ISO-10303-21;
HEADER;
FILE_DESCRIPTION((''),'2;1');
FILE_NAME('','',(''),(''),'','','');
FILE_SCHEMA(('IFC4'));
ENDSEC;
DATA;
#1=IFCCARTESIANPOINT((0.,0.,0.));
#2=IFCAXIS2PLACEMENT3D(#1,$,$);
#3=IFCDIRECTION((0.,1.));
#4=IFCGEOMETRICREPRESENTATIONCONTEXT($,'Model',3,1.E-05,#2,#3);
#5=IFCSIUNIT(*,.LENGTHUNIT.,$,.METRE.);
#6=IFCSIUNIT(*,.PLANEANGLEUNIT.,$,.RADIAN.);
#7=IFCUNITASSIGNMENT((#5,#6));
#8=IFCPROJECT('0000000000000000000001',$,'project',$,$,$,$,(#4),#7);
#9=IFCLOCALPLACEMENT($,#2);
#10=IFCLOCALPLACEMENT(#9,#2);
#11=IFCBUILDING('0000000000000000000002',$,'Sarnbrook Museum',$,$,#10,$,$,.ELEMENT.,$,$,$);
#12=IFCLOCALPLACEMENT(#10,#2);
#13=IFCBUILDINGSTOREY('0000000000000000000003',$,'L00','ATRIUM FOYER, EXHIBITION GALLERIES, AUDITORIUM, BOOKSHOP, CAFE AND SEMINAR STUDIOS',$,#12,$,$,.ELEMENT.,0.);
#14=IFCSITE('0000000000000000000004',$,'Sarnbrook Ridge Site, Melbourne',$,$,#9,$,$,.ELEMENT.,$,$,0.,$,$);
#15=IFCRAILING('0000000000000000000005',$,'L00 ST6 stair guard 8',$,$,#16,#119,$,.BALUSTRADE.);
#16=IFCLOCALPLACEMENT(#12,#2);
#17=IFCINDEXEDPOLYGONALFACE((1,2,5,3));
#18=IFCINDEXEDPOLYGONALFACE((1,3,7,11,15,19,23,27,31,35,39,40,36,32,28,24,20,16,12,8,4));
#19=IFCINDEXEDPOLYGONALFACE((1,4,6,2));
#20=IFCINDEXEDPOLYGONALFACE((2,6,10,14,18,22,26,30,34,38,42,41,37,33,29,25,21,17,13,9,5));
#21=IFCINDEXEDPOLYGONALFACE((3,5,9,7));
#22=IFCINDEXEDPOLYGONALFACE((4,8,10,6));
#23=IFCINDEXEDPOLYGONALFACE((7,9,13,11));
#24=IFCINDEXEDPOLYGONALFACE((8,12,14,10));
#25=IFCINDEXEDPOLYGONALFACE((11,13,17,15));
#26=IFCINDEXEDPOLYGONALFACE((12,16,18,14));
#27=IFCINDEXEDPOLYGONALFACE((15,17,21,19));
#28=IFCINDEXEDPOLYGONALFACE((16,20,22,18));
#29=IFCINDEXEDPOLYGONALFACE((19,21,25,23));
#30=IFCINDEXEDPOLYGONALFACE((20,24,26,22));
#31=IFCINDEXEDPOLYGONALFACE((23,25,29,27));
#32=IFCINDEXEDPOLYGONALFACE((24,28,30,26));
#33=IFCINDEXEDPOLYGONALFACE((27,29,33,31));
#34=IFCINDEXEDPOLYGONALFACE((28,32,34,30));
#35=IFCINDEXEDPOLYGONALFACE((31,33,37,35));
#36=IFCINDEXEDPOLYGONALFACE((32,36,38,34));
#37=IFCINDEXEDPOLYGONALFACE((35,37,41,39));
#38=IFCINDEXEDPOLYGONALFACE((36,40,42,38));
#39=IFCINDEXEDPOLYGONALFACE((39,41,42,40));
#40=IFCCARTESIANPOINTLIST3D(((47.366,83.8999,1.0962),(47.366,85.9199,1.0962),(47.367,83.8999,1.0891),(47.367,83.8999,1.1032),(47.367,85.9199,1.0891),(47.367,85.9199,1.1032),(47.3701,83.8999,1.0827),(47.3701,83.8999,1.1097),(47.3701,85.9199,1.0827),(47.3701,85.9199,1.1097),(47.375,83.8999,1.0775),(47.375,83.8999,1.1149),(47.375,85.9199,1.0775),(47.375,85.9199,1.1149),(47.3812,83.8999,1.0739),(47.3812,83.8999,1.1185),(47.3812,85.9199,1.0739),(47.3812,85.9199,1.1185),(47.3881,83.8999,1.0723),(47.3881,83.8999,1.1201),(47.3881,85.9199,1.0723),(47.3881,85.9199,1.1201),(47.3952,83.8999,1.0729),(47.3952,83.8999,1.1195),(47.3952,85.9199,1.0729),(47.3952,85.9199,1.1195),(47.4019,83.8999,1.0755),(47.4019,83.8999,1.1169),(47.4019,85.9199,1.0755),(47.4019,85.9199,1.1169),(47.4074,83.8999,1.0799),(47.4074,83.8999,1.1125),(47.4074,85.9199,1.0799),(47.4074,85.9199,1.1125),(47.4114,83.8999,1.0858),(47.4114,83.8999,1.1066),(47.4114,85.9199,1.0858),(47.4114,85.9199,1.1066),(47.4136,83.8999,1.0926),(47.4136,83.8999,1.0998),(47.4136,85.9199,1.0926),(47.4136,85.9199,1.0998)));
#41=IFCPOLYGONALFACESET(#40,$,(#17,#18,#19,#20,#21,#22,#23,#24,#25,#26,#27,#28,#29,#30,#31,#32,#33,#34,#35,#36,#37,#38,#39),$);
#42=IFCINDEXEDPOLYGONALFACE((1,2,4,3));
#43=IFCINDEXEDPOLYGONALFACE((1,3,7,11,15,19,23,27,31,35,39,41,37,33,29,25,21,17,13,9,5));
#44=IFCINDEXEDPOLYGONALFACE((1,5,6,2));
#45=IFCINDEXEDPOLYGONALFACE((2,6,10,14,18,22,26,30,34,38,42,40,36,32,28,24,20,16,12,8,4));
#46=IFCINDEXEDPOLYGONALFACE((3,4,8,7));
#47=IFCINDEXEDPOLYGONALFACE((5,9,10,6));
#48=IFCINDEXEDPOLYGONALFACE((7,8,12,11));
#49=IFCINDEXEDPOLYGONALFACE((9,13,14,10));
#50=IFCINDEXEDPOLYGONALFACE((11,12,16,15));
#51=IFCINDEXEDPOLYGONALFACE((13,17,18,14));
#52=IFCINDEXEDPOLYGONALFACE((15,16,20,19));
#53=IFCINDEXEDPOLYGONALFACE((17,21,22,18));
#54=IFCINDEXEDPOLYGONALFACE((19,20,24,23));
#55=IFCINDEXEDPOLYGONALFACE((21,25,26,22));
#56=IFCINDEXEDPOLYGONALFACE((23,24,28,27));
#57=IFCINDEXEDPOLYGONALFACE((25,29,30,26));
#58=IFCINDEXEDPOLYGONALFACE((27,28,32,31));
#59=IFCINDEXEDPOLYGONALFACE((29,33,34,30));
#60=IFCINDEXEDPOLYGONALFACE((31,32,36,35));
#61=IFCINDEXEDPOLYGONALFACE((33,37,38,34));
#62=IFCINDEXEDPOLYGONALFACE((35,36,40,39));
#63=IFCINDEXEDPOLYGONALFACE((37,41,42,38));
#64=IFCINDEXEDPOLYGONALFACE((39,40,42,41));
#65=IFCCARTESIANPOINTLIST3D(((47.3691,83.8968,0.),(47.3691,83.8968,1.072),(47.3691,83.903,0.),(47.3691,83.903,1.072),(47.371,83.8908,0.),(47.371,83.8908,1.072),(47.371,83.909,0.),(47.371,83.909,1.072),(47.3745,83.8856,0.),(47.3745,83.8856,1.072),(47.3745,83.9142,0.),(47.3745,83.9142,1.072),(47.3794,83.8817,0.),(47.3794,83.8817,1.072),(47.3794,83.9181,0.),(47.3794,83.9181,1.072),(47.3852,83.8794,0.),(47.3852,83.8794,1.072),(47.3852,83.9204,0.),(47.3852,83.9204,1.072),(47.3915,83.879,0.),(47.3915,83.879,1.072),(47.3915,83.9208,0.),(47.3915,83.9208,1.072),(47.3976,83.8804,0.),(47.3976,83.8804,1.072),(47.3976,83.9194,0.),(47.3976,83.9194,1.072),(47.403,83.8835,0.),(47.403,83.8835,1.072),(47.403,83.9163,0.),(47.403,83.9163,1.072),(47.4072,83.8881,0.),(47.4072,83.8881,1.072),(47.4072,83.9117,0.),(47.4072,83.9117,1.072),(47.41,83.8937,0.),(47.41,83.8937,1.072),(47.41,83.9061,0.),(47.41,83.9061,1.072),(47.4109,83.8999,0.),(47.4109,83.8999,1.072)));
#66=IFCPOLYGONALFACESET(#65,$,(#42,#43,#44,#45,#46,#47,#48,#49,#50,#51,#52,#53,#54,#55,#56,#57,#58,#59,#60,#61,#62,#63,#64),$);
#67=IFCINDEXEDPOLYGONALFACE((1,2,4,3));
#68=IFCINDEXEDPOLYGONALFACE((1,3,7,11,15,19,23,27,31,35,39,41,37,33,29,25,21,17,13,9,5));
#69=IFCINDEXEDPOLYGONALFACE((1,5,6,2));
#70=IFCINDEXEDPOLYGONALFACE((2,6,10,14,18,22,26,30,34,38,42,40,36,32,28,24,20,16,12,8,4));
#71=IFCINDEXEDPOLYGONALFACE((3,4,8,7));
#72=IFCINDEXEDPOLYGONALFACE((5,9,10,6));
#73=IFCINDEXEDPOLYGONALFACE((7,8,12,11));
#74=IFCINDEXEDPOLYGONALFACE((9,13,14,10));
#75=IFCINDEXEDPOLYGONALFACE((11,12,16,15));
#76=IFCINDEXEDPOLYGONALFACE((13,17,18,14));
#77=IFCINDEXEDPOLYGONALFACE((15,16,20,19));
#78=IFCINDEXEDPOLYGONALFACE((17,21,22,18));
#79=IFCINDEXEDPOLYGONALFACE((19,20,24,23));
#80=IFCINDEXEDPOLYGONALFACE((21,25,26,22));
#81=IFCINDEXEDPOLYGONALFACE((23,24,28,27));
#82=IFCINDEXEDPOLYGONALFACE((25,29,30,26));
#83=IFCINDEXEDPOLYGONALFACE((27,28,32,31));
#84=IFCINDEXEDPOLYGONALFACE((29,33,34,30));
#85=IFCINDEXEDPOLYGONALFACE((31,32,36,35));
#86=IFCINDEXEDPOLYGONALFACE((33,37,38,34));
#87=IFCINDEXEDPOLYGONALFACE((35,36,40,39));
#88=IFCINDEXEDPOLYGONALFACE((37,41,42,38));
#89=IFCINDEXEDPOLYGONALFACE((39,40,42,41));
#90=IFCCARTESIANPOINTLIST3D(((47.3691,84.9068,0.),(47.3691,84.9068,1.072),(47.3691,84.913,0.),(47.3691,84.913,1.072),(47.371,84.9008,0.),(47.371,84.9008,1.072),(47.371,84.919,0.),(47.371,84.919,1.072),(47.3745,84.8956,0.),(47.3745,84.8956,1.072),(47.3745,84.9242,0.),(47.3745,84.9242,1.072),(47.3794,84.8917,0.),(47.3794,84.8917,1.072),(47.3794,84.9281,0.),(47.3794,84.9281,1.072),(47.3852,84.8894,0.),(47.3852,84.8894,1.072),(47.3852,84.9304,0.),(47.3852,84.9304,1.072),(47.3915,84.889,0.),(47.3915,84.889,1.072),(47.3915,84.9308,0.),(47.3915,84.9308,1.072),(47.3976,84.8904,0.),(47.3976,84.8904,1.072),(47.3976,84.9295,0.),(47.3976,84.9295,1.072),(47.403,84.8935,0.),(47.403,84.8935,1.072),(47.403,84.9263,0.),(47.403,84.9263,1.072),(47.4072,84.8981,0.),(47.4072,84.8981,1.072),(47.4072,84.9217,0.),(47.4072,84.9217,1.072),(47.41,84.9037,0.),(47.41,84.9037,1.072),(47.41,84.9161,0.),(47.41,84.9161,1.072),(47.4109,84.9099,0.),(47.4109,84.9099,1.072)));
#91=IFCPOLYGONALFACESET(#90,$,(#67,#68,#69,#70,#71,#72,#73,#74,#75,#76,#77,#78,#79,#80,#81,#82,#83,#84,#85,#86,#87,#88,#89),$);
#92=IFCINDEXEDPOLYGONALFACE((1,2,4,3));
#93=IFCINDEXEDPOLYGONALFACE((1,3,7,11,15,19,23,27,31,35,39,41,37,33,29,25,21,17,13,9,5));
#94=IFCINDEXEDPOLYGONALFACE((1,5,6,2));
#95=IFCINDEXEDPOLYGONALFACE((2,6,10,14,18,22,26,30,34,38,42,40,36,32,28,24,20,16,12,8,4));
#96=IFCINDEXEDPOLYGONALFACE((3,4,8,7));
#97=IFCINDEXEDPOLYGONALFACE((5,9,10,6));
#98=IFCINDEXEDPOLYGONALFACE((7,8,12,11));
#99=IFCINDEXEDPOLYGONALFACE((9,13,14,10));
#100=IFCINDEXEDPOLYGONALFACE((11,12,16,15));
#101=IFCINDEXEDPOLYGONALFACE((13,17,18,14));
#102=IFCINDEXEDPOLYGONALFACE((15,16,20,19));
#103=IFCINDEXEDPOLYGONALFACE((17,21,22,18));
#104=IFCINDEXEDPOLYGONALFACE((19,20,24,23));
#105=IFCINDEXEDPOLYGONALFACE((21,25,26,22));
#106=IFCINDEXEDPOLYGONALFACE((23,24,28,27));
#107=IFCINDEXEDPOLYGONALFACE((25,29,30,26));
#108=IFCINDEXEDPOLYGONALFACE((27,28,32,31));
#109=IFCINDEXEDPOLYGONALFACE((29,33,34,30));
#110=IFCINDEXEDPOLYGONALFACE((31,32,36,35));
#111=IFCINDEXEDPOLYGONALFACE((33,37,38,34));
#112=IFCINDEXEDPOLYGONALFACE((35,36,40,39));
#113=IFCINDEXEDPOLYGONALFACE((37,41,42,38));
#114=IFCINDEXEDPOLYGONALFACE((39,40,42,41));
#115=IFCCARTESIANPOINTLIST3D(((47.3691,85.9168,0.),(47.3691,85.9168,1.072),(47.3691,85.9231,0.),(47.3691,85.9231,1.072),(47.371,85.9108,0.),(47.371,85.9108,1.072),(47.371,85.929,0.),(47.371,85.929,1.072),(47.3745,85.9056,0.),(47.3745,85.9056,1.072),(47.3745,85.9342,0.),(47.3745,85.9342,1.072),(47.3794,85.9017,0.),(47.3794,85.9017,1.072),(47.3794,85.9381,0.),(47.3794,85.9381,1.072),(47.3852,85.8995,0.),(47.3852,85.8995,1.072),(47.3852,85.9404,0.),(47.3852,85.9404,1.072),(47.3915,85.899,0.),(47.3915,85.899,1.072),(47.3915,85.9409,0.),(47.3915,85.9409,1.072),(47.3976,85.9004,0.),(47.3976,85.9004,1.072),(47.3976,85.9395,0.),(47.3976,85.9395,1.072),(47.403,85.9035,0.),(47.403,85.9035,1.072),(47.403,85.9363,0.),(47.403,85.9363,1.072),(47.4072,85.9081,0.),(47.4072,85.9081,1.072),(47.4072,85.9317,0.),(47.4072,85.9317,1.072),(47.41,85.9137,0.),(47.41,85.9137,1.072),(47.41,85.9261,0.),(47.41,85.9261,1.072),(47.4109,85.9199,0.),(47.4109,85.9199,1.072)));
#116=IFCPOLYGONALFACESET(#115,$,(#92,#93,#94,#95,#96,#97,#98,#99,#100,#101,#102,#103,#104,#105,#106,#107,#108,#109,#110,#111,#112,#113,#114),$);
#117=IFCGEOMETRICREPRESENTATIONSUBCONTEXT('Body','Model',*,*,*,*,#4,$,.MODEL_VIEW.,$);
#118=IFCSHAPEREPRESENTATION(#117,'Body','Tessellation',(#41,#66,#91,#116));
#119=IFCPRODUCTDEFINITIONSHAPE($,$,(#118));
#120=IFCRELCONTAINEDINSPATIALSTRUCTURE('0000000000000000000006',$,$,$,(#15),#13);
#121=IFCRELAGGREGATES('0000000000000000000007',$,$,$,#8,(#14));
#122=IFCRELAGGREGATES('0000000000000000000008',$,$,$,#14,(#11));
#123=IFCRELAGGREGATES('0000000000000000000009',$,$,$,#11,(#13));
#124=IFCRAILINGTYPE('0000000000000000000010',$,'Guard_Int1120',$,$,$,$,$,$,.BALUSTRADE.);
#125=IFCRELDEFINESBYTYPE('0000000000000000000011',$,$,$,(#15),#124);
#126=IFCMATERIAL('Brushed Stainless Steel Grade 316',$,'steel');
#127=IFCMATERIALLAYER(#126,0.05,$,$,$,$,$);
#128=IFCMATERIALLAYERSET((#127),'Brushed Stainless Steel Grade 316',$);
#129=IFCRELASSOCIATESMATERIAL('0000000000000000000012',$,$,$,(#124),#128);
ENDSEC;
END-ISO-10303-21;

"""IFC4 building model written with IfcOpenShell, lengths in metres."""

from ifc_helpers import new_model, si_unit, direction, frame, origin, origin_2d, place, context, subcontext, project, spatial, circle, extrude, material, layer, layer_set, type_object, element, save


model = new_model("IFC4")

# Units and contexts
model_context = context("Model", 3, precision=1e-05, world=origin(), true_north=direction((0.0, 1.0)))
body_context = subcontext(model_context, "Body", "Model", "MODEL_VIEW")
ifc_project = project(units=[si_unit("LENGTHUNIT", "METRE"), si_unit("PLANEANGLEUNIT", "RADIAN")], contexts=[model_context])

# Site, building, storey
site_placement = place(None, origin())
site = spatial("IfcSite", under=ifc_project, at=site_placement, Name="Sarnbrook Ridge Site, Melbourne", CompositionType="ELEMENT", RefElevation=0.0)
building_placement = place(site_placement, origin())
building = spatial("IfcBuilding", under=site, at=building_placement, Name="Sarnbrook Museum", CompositionType="ELEMENT")
storey_placement = place(building_placement, origin())
storey = spatial("IfcBuildingStorey", under=building, at=storey_placement, Name="L00", Description="ATRIUM FOYER, EXHIBITION GALLERIES, AUDITORIUM, BOOKSHOP, CAFE AND SEMINAR STUDIOS", CompositionType="ELEMENT", Elevation=0.0)

# Railing
ifc_material_1 = material(Name="Brushed Stainless Steel Grade 316", Category="steel")
ifc_layer_1 = layer(ifc_material_1, 0.05)
ifc_layer_set_1 = layer_set([ifc_layer_1], Name="Brushed Stainless Steel Grade 316")
railing_type_1 = type_object("IfcRailingType", Name="Guard_Int1120", PredefinedType="BALUSTRADE", material=ifc_layer_set_1)
railing_1_placement = place(storey_placement, frame((47.3899, 83.8999, 0.0)))
element("IfcRailing", 1, at=railing_1_placement, inside=storey, type_object=railing_type_1, Name="L00 ST6 stair guard 8", PredefinedType="BALUSTRADE", context=body_context, shape_type="SweptSolid", body=[
    extrude(circle(Radius=0.0239, at=origin_2d()), frame((0.0, 0.0, 1.0962), z_axis=(0.0, 1.0, 0.0), x_axis=(-1.0, 0.0, 0.0)), (0.0, 0.0, 1.0), 2.02),
    extrude(circle(Radius=0.021, at=origin_2d()), origin(), (0.0, 0.0, 1.0), 1.072),
    extrude(circle(Radius=0.021, at=origin_2d()), frame((0.0, 1.01, 0.0)), (0.0, 0.0, 1.0), 1.072),
    extrude(circle(Radius=0.021, at=origin_2d()), frame((0.0, 2.02, 0.0)), (0.0, 0.0, 1.0), 1.072),
])

save(model, "model.ifc")
